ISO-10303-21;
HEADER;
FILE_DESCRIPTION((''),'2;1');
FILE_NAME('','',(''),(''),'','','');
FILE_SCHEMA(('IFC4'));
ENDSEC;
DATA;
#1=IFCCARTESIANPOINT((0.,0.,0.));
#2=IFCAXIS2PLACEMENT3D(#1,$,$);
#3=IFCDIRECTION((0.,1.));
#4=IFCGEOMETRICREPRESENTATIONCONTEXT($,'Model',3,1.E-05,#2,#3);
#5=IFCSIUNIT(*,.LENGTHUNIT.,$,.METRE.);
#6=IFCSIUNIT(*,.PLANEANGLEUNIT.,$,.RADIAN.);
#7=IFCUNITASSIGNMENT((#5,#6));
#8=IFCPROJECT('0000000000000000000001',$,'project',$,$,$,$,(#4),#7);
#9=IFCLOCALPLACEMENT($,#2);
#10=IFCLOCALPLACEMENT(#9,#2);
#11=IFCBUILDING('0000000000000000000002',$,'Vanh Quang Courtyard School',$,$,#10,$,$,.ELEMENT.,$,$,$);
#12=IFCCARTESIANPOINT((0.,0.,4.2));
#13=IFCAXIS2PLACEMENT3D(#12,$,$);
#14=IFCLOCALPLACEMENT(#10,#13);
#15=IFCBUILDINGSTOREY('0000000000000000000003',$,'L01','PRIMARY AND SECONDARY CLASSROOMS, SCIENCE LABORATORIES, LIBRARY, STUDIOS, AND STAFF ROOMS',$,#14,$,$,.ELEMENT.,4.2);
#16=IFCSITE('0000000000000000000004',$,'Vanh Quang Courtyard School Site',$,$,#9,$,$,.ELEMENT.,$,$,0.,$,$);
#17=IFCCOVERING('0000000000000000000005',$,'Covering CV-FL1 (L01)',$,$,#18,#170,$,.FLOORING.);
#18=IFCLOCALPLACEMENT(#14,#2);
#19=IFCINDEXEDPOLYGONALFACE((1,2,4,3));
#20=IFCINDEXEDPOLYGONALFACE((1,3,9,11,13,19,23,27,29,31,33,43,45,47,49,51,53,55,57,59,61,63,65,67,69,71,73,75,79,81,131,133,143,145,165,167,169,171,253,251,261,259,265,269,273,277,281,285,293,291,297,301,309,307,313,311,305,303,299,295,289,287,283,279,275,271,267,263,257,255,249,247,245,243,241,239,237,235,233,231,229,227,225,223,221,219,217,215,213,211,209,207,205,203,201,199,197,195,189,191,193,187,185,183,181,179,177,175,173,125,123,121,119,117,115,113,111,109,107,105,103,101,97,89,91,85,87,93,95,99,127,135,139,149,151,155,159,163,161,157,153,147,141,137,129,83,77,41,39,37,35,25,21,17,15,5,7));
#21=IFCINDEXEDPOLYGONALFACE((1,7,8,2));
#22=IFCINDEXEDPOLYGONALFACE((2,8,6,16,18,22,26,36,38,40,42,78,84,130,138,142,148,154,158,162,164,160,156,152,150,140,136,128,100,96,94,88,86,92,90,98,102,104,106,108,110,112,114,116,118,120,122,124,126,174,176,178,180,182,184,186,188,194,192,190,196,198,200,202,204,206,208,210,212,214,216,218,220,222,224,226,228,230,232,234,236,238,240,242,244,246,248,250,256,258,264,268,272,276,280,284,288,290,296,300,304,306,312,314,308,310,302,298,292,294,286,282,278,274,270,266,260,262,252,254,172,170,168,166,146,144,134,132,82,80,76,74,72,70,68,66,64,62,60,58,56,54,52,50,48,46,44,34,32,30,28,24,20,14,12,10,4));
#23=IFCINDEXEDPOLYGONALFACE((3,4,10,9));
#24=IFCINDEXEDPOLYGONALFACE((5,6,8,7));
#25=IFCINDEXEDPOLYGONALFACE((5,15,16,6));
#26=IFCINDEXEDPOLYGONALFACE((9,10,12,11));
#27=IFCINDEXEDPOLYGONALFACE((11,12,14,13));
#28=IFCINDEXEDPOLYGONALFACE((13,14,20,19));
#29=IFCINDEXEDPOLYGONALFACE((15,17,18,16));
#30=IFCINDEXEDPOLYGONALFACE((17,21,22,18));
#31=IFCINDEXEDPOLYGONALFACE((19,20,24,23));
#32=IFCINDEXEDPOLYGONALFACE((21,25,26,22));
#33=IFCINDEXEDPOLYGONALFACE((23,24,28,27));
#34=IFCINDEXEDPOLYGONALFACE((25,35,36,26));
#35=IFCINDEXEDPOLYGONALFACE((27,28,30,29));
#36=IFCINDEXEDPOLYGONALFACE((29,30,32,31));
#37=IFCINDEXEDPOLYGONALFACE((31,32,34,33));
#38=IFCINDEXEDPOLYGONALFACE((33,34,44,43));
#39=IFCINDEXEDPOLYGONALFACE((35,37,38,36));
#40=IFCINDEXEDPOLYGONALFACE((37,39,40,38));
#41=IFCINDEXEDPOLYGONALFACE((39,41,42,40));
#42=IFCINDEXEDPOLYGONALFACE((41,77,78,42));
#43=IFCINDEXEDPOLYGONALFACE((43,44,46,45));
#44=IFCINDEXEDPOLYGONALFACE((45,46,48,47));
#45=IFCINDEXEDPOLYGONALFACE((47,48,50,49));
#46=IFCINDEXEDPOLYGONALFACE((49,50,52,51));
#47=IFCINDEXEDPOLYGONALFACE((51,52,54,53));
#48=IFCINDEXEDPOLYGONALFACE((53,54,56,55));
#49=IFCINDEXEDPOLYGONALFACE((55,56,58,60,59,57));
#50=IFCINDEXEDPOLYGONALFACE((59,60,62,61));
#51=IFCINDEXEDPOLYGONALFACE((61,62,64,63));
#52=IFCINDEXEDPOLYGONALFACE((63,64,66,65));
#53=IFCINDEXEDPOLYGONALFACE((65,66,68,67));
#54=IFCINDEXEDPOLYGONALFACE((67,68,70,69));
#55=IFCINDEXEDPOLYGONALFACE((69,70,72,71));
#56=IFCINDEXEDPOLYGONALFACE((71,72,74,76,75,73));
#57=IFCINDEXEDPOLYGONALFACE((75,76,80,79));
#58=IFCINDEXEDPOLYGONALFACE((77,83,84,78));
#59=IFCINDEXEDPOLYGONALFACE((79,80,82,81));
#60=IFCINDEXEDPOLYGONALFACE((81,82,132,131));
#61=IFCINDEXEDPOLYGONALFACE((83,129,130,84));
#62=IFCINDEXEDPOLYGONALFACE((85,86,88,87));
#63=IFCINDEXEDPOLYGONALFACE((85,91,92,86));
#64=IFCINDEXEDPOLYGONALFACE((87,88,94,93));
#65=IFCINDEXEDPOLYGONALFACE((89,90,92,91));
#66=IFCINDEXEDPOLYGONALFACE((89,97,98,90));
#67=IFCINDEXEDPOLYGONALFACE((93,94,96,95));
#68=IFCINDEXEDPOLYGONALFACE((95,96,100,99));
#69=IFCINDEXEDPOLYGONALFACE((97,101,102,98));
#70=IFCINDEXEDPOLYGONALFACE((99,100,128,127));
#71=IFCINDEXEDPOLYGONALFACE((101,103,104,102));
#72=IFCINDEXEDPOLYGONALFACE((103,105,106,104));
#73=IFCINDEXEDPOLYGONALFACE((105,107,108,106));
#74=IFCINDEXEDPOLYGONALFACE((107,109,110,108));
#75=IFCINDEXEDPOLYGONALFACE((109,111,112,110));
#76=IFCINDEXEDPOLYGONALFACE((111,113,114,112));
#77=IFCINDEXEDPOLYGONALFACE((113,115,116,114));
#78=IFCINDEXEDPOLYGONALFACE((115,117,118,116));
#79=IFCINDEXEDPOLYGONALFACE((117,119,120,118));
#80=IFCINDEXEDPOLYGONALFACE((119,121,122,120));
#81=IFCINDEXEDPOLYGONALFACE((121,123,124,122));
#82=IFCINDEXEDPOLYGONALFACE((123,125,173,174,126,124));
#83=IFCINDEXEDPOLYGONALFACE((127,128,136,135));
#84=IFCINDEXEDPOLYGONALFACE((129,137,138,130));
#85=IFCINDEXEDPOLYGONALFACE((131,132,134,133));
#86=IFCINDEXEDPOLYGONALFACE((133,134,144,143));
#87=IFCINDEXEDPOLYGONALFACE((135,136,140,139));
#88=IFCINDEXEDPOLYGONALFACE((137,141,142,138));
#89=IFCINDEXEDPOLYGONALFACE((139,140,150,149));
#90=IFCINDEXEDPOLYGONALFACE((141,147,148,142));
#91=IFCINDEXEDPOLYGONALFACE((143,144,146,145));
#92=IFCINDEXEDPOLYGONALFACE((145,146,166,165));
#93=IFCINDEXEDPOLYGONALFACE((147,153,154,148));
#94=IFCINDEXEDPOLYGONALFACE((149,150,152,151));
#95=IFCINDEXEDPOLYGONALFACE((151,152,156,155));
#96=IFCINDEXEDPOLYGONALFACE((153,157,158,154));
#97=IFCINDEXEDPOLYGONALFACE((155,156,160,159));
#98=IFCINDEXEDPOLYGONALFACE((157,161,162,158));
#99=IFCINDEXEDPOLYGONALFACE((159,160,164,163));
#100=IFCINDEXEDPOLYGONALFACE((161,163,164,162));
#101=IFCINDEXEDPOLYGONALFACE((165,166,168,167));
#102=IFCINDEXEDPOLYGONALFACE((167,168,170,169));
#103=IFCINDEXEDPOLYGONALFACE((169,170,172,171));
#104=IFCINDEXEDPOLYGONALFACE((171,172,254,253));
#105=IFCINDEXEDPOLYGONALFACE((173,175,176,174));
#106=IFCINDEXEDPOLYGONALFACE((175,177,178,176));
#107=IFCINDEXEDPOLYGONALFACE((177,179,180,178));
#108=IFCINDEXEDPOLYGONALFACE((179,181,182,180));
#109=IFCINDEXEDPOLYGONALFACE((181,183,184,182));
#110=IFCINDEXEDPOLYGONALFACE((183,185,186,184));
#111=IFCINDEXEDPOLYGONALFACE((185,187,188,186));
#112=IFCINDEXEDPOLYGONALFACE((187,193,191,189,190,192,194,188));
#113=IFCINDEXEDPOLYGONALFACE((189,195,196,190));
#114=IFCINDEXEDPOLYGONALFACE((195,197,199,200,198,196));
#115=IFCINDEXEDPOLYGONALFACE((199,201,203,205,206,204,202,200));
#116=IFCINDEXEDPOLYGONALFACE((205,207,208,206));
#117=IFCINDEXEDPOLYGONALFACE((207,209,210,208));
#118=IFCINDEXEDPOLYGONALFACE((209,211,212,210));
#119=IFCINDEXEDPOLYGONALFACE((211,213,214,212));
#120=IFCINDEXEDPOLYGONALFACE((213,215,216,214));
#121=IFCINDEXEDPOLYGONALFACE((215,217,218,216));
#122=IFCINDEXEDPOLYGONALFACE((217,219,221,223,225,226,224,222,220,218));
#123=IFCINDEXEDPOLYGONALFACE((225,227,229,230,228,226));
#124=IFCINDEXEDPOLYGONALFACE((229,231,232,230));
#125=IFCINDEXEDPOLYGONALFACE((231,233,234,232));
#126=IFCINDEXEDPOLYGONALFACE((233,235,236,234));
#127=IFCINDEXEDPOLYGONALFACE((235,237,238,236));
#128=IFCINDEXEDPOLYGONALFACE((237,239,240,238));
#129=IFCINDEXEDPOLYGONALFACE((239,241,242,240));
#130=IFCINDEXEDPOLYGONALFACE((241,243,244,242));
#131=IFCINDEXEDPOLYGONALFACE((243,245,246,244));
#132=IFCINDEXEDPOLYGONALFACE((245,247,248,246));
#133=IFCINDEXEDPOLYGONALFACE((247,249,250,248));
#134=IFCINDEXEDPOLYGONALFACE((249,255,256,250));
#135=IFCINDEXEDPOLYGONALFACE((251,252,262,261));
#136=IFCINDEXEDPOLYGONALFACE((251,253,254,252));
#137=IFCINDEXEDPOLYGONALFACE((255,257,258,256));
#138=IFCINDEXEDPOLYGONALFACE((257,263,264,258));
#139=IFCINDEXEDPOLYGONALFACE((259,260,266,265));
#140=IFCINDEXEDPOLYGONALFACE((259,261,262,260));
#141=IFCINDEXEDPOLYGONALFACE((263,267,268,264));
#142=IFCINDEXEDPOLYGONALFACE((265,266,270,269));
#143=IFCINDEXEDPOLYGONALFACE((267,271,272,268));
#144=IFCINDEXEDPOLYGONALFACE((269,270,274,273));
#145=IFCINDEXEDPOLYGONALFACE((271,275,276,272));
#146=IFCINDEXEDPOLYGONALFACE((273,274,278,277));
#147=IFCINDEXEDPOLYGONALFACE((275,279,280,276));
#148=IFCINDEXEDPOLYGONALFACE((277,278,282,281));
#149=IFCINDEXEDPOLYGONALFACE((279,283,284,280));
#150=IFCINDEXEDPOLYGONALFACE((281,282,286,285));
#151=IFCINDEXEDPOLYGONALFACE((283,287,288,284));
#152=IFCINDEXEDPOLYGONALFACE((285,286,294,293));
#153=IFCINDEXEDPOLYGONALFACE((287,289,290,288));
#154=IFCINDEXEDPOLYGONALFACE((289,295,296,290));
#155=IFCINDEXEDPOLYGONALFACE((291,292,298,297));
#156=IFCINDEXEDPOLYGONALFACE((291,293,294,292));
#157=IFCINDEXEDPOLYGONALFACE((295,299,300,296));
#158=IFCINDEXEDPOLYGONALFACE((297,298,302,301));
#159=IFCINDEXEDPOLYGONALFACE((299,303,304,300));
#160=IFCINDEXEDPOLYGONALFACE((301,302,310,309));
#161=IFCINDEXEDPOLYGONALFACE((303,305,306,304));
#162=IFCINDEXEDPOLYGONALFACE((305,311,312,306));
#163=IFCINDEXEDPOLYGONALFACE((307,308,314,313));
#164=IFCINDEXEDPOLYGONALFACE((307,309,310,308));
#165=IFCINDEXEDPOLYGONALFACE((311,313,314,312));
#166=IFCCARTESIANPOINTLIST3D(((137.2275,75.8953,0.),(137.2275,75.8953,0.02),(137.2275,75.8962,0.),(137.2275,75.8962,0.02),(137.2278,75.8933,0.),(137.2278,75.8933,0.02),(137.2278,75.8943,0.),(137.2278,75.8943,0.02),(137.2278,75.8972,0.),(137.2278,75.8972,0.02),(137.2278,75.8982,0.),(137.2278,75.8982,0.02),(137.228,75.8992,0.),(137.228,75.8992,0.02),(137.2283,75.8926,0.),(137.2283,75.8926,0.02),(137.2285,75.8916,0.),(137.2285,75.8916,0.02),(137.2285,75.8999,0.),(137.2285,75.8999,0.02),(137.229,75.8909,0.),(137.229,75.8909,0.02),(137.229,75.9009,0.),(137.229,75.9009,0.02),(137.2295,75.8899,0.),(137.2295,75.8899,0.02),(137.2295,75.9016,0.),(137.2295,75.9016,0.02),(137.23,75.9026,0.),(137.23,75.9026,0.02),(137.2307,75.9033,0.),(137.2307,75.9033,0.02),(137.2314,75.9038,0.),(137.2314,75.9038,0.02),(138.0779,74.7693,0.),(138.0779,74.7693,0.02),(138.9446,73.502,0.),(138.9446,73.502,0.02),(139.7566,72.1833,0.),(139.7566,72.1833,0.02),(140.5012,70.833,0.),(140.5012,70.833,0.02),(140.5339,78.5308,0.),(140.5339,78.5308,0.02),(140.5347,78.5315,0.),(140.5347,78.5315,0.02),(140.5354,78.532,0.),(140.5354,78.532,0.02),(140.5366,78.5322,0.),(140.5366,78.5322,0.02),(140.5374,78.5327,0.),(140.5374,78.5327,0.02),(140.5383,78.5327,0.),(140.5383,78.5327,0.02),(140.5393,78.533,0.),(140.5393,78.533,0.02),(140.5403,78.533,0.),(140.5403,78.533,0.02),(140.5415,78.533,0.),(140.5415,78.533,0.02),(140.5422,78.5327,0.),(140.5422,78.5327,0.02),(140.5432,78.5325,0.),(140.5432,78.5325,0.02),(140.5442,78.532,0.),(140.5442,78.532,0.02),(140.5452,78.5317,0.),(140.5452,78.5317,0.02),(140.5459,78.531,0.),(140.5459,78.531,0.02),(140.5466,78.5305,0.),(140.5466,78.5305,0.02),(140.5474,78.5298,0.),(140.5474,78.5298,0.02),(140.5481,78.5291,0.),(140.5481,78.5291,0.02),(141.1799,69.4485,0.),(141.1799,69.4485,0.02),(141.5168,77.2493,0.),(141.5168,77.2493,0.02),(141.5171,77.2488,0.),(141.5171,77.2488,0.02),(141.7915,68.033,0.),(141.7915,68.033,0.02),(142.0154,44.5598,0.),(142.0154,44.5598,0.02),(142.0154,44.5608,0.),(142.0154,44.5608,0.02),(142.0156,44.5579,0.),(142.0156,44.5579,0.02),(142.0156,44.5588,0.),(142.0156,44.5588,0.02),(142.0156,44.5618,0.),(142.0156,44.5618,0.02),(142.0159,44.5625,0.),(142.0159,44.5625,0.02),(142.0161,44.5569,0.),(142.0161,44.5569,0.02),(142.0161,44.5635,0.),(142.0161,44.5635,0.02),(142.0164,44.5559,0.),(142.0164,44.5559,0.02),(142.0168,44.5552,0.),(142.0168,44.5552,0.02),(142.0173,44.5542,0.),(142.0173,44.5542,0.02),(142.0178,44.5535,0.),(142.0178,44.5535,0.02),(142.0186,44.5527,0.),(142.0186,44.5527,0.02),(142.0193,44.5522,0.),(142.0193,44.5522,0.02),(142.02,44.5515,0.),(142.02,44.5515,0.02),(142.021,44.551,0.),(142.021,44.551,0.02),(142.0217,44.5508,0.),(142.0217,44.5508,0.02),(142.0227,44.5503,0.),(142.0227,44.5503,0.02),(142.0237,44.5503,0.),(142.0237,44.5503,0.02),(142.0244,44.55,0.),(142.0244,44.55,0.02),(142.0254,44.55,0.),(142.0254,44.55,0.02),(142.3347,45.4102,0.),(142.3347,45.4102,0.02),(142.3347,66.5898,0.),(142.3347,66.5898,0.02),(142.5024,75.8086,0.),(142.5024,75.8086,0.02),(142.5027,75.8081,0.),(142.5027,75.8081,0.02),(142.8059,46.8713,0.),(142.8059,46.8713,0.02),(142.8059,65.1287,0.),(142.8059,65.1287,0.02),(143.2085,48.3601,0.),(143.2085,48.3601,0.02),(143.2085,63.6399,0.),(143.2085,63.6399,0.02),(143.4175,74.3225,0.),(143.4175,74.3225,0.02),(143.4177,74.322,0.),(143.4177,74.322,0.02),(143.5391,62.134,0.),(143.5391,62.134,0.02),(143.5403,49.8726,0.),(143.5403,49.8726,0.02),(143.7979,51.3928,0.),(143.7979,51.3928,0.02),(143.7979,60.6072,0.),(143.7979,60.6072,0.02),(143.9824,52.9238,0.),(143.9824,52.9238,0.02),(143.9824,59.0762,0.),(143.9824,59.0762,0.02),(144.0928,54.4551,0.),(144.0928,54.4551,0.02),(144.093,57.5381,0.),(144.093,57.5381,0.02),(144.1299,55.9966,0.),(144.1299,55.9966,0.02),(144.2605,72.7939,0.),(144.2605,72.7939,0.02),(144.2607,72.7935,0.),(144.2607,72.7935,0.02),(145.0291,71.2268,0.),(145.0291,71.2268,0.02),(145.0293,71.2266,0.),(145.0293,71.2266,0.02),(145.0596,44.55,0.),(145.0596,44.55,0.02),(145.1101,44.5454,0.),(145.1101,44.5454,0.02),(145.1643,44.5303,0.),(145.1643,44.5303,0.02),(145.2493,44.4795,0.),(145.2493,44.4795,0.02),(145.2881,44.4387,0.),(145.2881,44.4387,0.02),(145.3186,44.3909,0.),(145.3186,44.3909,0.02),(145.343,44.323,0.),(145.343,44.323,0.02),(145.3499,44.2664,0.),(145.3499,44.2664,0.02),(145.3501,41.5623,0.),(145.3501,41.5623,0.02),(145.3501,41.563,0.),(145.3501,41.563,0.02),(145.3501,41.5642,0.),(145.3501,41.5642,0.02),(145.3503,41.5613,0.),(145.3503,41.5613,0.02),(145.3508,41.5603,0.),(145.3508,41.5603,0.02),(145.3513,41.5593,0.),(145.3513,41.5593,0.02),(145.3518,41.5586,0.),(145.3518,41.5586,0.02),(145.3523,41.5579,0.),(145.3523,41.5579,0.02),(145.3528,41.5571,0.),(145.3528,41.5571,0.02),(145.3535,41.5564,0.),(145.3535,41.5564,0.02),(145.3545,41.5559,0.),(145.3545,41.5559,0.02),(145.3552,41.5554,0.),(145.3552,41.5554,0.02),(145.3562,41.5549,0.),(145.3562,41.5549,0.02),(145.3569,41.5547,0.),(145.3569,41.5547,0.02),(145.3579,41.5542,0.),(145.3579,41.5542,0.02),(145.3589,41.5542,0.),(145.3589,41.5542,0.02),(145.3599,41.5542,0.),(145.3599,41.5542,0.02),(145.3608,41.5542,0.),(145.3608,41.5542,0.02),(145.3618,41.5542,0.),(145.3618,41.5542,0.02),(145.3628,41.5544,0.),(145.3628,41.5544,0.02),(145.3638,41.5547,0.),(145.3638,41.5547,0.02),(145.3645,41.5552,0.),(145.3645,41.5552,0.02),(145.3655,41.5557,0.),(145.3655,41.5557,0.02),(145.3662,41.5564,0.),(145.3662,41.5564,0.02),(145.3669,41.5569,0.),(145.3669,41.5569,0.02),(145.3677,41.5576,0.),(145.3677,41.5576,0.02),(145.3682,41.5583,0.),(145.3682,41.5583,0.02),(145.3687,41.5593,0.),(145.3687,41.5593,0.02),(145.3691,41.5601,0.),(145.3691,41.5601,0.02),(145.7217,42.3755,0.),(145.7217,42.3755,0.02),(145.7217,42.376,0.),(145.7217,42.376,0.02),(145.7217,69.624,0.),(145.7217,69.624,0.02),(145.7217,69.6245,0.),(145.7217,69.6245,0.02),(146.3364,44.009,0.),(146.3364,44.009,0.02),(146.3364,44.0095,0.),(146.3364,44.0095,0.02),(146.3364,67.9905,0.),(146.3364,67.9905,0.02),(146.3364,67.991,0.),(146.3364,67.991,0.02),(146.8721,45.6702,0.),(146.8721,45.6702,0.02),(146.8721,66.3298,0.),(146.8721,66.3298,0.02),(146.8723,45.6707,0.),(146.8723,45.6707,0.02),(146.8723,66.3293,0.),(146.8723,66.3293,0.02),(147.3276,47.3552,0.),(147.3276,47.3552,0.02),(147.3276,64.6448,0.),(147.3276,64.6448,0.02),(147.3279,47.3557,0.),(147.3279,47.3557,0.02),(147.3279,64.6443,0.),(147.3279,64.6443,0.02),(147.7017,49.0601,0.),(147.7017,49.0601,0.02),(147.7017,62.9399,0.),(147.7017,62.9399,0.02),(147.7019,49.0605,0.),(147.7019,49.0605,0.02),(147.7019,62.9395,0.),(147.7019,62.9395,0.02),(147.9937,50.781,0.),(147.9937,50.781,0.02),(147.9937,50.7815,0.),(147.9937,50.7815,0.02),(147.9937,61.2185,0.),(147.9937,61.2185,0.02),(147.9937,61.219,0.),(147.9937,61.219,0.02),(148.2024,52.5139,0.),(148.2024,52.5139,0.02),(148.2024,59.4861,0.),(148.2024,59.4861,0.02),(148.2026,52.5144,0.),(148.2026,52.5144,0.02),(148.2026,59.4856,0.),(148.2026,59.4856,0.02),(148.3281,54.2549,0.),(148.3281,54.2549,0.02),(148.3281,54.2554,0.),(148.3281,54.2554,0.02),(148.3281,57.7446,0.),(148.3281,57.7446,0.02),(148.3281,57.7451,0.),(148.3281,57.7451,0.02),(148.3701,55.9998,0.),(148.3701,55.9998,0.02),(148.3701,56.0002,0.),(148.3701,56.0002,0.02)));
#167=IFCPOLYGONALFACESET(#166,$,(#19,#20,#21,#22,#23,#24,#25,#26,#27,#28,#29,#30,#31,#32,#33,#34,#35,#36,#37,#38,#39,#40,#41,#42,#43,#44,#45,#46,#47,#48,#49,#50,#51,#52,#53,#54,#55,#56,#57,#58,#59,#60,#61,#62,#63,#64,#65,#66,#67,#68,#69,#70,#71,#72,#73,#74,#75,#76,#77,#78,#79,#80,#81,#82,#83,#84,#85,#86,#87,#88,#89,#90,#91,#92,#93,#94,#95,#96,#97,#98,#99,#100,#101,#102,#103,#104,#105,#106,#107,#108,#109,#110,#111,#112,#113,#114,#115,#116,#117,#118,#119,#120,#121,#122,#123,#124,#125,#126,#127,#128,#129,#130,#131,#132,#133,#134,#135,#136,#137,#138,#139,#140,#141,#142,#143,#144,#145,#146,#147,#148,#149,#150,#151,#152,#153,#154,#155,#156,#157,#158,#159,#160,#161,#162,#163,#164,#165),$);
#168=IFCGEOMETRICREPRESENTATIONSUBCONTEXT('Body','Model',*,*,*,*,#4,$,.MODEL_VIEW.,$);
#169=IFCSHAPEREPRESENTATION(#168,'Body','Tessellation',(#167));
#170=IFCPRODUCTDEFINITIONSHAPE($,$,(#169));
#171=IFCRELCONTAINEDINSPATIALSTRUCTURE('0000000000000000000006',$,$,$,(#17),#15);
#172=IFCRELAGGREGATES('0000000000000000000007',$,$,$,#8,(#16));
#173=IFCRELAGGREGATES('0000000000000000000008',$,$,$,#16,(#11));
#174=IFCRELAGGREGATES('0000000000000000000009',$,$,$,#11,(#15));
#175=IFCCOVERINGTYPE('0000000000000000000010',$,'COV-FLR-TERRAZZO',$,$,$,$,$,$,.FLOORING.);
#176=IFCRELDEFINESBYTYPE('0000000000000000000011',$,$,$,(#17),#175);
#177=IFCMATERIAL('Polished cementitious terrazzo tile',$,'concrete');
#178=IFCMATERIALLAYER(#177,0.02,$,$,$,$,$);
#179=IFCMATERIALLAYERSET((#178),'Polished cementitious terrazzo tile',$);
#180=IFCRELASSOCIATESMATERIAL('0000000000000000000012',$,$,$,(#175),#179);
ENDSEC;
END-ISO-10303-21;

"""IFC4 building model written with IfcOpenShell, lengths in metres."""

from ifc_helpers import new_model, si_unit, direction, frame, origin, place, context, subcontext, project, spatial, polyline, outline, extrude, material, layer, layer_set, type_object, element, save


model = new_model("IFC4")

# Units and contexts
model_context = context("Model", 3, precision=1e-05, world=origin(), true_north=direction((0.0, 1.0)))
body_context = subcontext(model_context, "Body", "Model", "MODEL_VIEW")
ifc_project = project(units=[si_unit("LENGTHUNIT", "METRE"), si_unit("PLANEANGLEUNIT", "RADIAN")], contexts=[model_context])

# Site, building, storey
site_placement = place(None, origin())
site = spatial("IfcSite", under=ifc_project, at=site_placement, Name="Vanh Quang Courtyard School Site", CompositionType="ELEMENT", RefElevation=0.0)
building_placement = place(site_placement, origin())
building = spatial("IfcBuilding", under=site, at=building_placement, Name="Vanh Quang Courtyard School", CompositionType="ELEMENT")
storey_placement = place(building_placement, frame((0.0, 0.0, 4.2)))
storey = spatial("IfcBuildingStorey", under=building, at=storey_placement, Name="L01", Description="PRIMARY AND SECONDARY CLASSROOMS, SCIENCE LABORATORIES, LIBRARY, STUDIOS, AND STAFF ROOMS", CompositionType="ELEMENT", Elevation=4.2)

# Covering
ifc_material_1 = material(Name="Polished cementitious terrazzo tile", Category="concrete")
ifc_layer_1 = layer(ifc_material_1, 0.02)
ifc_layer_set_1 = layer_set([ifc_layer_1], Name="Polished cementitious terrazzo tile")
covering_type = type_object("IfcCoveringType", Name="COV-FLR-TERRAZZO", PredefinedType="FLOORING", material=ifc_layer_set_1)
covering_1_placement = place(storey_placement, origin())
element("IfcCovering", 1, at=covering_1_placement, inside=storey, type_object=covering_type, Name="Covering CV-FL1 (L01)", PredefinedType="FLOORING", context=body_context, shape_type="SweptSolid", body=[
    extrude(outline(polyline([(139.7566, 72.1833), (138.9446, 73.502), (138.0779, 74.7693), (137.2295, 75.8899), (137.229, 75.8909), (137.2285, 75.8916), (137.2283, 75.8926), (137.2278, 75.8933), (137.2278, 75.8943), (137.2275, 75.8953), (137.2275, 75.8962), (137.2278, 75.8972), (137.2278, 75.8982), (137.228, 75.8992), (137.2285, 75.8999), (137.229, 75.9009), (137.2295, 75.9016), (137.23, 75.9026), (137.2307, 75.9033), (137.2314, 75.9038), (140.5339, 78.5308), (140.5347, 78.5315), (140.5354, 78.532), (140.5366, 78.5322), (140.5374, 78.5327), (140.5383, 78.5327), (140.5393, 78.533), (140.5403, 78.533), (140.5415, 78.533), (140.5422, 78.5327), (140.5432, 78.5325), (140.5442, 78.532), (140.5452, 78.5317), (140.5459, 78.531), (140.5466, 78.5305), (140.5474, 78.5298), (140.5481, 78.5291), (141.5168, 77.2493), (141.5171, 77.2488), (142.5024, 75.8086), (142.5027, 75.8081), (143.4175, 74.3225), (143.4177, 74.322), (144.2605, 72.7939), (144.2607, 72.7935), (145.0291, 71.2268), (145.0293, 71.2266), (145.7217, 69.6245), (145.7217, 69.624), (146.3364, 67.991), (146.3364, 67.9905), (146.8721, 66.3298), (146.8723, 66.3293), (147.3276, 64.6448), (147.3279, 64.6443), (147.7017, 62.9399), (147.7019, 62.9395), (147.9937, 61.219), (147.9937, 61.2185), (148.2024, 59.4861), (148.2026, 59.4856), (148.3281, 57.7451), (148.3281, 57.7446), (148.3701, 56.0002), (148.3701, 55.9998), (148.3281, 54.2554), (148.3281, 54.2549), (148.2026, 52.5144), (148.2024, 52.5139), (147.9937, 50.7815), (147.9937, 50.781), (147.7019, 49.0605), (147.7017, 49.0601), (147.3279, 47.3557), (147.3276, 47.3552), (146.8723, 45.6707), (146.8721, 45.6702), (146.3364, 44.0095), (146.3364, 44.009), (145.7217, 42.376), (145.7217, 42.3755), (145.3691, 41.5601), (145.3687, 41.5593), (145.3682, 41.5583), (145.3677, 41.5576), (145.3669, 41.5569), (145.3662, 41.5564), (145.3655, 41.5557), (145.3645, 41.5552), (145.3638, 41.5547), (145.3628, 41.5544), (145.3618, 41.5542), (145.3608, 41.5542), (145.3599, 41.5542), (145.3589, 41.5542), (145.3579, 41.5542), (145.3569, 41.5547), (145.3562, 41.5549), (145.3552, 41.5554), (145.3545, 41.5559), (145.3535, 41.5564), (145.3528, 41.5571), (145.3523, 41.5579), (145.3518, 41.5586), (145.3513, 41.5593), (145.3508, 41.5603), (145.3503, 41.5613), (145.3501, 41.5623), (145.3501, 41.563), (145.3501, 41.5642), (145.3499, 44.2664), (145.343, 44.323), (145.3186, 44.3909), (145.2881, 44.4387), (145.2493, 44.4795), (145.1643, 44.5303), (145.1101, 44.5454), (145.0596, 44.55), (142.0254, 44.55), (142.0244, 44.55), (142.0237, 44.5503), (142.0227, 44.5503), (142.0217, 44.5508), (142.021, 44.551), (142.02, 44.5515), (142.0193, 44.5522), (142.0186, 44.5527), (142.0178, 44.5535), (142.0173, 44.5542), (142.0168, 44.5552), (142.0164, 44.5559), (142.0161, 44.5569), (142.0156, 44.5579), (142.0156, 44.5588), (142.0154, 44.5598), (142.0154, 44.5608), (142.0156, 44.5618), (142.0159, 44.5625), (142.0161, 44.5635), (142.3347, 45.4102), (142.8059, 46.8713), (143.2085, 48.3601), (143.5403, 49.8726), (143.7979, 51.3928), (143.9824, 52.9238), (144.0928, 54.4551), (144.1299, 55.9966), (144.093, 57.5381), (143.9824, 59.0762), (143.7979, 60.6072), (143.5391, 62.134), (143.2085, 63.6399), (142.8059, 65.1287), (142.3347, 66.5898), (141.7915, 68.033), (141.1799, 69.4485), (140.5012, 70.833), (139.7566, 72.1833)])), origin(), (0.0, 0.0, 1.0), 0.02),
])

save(model, "model.ifc")
